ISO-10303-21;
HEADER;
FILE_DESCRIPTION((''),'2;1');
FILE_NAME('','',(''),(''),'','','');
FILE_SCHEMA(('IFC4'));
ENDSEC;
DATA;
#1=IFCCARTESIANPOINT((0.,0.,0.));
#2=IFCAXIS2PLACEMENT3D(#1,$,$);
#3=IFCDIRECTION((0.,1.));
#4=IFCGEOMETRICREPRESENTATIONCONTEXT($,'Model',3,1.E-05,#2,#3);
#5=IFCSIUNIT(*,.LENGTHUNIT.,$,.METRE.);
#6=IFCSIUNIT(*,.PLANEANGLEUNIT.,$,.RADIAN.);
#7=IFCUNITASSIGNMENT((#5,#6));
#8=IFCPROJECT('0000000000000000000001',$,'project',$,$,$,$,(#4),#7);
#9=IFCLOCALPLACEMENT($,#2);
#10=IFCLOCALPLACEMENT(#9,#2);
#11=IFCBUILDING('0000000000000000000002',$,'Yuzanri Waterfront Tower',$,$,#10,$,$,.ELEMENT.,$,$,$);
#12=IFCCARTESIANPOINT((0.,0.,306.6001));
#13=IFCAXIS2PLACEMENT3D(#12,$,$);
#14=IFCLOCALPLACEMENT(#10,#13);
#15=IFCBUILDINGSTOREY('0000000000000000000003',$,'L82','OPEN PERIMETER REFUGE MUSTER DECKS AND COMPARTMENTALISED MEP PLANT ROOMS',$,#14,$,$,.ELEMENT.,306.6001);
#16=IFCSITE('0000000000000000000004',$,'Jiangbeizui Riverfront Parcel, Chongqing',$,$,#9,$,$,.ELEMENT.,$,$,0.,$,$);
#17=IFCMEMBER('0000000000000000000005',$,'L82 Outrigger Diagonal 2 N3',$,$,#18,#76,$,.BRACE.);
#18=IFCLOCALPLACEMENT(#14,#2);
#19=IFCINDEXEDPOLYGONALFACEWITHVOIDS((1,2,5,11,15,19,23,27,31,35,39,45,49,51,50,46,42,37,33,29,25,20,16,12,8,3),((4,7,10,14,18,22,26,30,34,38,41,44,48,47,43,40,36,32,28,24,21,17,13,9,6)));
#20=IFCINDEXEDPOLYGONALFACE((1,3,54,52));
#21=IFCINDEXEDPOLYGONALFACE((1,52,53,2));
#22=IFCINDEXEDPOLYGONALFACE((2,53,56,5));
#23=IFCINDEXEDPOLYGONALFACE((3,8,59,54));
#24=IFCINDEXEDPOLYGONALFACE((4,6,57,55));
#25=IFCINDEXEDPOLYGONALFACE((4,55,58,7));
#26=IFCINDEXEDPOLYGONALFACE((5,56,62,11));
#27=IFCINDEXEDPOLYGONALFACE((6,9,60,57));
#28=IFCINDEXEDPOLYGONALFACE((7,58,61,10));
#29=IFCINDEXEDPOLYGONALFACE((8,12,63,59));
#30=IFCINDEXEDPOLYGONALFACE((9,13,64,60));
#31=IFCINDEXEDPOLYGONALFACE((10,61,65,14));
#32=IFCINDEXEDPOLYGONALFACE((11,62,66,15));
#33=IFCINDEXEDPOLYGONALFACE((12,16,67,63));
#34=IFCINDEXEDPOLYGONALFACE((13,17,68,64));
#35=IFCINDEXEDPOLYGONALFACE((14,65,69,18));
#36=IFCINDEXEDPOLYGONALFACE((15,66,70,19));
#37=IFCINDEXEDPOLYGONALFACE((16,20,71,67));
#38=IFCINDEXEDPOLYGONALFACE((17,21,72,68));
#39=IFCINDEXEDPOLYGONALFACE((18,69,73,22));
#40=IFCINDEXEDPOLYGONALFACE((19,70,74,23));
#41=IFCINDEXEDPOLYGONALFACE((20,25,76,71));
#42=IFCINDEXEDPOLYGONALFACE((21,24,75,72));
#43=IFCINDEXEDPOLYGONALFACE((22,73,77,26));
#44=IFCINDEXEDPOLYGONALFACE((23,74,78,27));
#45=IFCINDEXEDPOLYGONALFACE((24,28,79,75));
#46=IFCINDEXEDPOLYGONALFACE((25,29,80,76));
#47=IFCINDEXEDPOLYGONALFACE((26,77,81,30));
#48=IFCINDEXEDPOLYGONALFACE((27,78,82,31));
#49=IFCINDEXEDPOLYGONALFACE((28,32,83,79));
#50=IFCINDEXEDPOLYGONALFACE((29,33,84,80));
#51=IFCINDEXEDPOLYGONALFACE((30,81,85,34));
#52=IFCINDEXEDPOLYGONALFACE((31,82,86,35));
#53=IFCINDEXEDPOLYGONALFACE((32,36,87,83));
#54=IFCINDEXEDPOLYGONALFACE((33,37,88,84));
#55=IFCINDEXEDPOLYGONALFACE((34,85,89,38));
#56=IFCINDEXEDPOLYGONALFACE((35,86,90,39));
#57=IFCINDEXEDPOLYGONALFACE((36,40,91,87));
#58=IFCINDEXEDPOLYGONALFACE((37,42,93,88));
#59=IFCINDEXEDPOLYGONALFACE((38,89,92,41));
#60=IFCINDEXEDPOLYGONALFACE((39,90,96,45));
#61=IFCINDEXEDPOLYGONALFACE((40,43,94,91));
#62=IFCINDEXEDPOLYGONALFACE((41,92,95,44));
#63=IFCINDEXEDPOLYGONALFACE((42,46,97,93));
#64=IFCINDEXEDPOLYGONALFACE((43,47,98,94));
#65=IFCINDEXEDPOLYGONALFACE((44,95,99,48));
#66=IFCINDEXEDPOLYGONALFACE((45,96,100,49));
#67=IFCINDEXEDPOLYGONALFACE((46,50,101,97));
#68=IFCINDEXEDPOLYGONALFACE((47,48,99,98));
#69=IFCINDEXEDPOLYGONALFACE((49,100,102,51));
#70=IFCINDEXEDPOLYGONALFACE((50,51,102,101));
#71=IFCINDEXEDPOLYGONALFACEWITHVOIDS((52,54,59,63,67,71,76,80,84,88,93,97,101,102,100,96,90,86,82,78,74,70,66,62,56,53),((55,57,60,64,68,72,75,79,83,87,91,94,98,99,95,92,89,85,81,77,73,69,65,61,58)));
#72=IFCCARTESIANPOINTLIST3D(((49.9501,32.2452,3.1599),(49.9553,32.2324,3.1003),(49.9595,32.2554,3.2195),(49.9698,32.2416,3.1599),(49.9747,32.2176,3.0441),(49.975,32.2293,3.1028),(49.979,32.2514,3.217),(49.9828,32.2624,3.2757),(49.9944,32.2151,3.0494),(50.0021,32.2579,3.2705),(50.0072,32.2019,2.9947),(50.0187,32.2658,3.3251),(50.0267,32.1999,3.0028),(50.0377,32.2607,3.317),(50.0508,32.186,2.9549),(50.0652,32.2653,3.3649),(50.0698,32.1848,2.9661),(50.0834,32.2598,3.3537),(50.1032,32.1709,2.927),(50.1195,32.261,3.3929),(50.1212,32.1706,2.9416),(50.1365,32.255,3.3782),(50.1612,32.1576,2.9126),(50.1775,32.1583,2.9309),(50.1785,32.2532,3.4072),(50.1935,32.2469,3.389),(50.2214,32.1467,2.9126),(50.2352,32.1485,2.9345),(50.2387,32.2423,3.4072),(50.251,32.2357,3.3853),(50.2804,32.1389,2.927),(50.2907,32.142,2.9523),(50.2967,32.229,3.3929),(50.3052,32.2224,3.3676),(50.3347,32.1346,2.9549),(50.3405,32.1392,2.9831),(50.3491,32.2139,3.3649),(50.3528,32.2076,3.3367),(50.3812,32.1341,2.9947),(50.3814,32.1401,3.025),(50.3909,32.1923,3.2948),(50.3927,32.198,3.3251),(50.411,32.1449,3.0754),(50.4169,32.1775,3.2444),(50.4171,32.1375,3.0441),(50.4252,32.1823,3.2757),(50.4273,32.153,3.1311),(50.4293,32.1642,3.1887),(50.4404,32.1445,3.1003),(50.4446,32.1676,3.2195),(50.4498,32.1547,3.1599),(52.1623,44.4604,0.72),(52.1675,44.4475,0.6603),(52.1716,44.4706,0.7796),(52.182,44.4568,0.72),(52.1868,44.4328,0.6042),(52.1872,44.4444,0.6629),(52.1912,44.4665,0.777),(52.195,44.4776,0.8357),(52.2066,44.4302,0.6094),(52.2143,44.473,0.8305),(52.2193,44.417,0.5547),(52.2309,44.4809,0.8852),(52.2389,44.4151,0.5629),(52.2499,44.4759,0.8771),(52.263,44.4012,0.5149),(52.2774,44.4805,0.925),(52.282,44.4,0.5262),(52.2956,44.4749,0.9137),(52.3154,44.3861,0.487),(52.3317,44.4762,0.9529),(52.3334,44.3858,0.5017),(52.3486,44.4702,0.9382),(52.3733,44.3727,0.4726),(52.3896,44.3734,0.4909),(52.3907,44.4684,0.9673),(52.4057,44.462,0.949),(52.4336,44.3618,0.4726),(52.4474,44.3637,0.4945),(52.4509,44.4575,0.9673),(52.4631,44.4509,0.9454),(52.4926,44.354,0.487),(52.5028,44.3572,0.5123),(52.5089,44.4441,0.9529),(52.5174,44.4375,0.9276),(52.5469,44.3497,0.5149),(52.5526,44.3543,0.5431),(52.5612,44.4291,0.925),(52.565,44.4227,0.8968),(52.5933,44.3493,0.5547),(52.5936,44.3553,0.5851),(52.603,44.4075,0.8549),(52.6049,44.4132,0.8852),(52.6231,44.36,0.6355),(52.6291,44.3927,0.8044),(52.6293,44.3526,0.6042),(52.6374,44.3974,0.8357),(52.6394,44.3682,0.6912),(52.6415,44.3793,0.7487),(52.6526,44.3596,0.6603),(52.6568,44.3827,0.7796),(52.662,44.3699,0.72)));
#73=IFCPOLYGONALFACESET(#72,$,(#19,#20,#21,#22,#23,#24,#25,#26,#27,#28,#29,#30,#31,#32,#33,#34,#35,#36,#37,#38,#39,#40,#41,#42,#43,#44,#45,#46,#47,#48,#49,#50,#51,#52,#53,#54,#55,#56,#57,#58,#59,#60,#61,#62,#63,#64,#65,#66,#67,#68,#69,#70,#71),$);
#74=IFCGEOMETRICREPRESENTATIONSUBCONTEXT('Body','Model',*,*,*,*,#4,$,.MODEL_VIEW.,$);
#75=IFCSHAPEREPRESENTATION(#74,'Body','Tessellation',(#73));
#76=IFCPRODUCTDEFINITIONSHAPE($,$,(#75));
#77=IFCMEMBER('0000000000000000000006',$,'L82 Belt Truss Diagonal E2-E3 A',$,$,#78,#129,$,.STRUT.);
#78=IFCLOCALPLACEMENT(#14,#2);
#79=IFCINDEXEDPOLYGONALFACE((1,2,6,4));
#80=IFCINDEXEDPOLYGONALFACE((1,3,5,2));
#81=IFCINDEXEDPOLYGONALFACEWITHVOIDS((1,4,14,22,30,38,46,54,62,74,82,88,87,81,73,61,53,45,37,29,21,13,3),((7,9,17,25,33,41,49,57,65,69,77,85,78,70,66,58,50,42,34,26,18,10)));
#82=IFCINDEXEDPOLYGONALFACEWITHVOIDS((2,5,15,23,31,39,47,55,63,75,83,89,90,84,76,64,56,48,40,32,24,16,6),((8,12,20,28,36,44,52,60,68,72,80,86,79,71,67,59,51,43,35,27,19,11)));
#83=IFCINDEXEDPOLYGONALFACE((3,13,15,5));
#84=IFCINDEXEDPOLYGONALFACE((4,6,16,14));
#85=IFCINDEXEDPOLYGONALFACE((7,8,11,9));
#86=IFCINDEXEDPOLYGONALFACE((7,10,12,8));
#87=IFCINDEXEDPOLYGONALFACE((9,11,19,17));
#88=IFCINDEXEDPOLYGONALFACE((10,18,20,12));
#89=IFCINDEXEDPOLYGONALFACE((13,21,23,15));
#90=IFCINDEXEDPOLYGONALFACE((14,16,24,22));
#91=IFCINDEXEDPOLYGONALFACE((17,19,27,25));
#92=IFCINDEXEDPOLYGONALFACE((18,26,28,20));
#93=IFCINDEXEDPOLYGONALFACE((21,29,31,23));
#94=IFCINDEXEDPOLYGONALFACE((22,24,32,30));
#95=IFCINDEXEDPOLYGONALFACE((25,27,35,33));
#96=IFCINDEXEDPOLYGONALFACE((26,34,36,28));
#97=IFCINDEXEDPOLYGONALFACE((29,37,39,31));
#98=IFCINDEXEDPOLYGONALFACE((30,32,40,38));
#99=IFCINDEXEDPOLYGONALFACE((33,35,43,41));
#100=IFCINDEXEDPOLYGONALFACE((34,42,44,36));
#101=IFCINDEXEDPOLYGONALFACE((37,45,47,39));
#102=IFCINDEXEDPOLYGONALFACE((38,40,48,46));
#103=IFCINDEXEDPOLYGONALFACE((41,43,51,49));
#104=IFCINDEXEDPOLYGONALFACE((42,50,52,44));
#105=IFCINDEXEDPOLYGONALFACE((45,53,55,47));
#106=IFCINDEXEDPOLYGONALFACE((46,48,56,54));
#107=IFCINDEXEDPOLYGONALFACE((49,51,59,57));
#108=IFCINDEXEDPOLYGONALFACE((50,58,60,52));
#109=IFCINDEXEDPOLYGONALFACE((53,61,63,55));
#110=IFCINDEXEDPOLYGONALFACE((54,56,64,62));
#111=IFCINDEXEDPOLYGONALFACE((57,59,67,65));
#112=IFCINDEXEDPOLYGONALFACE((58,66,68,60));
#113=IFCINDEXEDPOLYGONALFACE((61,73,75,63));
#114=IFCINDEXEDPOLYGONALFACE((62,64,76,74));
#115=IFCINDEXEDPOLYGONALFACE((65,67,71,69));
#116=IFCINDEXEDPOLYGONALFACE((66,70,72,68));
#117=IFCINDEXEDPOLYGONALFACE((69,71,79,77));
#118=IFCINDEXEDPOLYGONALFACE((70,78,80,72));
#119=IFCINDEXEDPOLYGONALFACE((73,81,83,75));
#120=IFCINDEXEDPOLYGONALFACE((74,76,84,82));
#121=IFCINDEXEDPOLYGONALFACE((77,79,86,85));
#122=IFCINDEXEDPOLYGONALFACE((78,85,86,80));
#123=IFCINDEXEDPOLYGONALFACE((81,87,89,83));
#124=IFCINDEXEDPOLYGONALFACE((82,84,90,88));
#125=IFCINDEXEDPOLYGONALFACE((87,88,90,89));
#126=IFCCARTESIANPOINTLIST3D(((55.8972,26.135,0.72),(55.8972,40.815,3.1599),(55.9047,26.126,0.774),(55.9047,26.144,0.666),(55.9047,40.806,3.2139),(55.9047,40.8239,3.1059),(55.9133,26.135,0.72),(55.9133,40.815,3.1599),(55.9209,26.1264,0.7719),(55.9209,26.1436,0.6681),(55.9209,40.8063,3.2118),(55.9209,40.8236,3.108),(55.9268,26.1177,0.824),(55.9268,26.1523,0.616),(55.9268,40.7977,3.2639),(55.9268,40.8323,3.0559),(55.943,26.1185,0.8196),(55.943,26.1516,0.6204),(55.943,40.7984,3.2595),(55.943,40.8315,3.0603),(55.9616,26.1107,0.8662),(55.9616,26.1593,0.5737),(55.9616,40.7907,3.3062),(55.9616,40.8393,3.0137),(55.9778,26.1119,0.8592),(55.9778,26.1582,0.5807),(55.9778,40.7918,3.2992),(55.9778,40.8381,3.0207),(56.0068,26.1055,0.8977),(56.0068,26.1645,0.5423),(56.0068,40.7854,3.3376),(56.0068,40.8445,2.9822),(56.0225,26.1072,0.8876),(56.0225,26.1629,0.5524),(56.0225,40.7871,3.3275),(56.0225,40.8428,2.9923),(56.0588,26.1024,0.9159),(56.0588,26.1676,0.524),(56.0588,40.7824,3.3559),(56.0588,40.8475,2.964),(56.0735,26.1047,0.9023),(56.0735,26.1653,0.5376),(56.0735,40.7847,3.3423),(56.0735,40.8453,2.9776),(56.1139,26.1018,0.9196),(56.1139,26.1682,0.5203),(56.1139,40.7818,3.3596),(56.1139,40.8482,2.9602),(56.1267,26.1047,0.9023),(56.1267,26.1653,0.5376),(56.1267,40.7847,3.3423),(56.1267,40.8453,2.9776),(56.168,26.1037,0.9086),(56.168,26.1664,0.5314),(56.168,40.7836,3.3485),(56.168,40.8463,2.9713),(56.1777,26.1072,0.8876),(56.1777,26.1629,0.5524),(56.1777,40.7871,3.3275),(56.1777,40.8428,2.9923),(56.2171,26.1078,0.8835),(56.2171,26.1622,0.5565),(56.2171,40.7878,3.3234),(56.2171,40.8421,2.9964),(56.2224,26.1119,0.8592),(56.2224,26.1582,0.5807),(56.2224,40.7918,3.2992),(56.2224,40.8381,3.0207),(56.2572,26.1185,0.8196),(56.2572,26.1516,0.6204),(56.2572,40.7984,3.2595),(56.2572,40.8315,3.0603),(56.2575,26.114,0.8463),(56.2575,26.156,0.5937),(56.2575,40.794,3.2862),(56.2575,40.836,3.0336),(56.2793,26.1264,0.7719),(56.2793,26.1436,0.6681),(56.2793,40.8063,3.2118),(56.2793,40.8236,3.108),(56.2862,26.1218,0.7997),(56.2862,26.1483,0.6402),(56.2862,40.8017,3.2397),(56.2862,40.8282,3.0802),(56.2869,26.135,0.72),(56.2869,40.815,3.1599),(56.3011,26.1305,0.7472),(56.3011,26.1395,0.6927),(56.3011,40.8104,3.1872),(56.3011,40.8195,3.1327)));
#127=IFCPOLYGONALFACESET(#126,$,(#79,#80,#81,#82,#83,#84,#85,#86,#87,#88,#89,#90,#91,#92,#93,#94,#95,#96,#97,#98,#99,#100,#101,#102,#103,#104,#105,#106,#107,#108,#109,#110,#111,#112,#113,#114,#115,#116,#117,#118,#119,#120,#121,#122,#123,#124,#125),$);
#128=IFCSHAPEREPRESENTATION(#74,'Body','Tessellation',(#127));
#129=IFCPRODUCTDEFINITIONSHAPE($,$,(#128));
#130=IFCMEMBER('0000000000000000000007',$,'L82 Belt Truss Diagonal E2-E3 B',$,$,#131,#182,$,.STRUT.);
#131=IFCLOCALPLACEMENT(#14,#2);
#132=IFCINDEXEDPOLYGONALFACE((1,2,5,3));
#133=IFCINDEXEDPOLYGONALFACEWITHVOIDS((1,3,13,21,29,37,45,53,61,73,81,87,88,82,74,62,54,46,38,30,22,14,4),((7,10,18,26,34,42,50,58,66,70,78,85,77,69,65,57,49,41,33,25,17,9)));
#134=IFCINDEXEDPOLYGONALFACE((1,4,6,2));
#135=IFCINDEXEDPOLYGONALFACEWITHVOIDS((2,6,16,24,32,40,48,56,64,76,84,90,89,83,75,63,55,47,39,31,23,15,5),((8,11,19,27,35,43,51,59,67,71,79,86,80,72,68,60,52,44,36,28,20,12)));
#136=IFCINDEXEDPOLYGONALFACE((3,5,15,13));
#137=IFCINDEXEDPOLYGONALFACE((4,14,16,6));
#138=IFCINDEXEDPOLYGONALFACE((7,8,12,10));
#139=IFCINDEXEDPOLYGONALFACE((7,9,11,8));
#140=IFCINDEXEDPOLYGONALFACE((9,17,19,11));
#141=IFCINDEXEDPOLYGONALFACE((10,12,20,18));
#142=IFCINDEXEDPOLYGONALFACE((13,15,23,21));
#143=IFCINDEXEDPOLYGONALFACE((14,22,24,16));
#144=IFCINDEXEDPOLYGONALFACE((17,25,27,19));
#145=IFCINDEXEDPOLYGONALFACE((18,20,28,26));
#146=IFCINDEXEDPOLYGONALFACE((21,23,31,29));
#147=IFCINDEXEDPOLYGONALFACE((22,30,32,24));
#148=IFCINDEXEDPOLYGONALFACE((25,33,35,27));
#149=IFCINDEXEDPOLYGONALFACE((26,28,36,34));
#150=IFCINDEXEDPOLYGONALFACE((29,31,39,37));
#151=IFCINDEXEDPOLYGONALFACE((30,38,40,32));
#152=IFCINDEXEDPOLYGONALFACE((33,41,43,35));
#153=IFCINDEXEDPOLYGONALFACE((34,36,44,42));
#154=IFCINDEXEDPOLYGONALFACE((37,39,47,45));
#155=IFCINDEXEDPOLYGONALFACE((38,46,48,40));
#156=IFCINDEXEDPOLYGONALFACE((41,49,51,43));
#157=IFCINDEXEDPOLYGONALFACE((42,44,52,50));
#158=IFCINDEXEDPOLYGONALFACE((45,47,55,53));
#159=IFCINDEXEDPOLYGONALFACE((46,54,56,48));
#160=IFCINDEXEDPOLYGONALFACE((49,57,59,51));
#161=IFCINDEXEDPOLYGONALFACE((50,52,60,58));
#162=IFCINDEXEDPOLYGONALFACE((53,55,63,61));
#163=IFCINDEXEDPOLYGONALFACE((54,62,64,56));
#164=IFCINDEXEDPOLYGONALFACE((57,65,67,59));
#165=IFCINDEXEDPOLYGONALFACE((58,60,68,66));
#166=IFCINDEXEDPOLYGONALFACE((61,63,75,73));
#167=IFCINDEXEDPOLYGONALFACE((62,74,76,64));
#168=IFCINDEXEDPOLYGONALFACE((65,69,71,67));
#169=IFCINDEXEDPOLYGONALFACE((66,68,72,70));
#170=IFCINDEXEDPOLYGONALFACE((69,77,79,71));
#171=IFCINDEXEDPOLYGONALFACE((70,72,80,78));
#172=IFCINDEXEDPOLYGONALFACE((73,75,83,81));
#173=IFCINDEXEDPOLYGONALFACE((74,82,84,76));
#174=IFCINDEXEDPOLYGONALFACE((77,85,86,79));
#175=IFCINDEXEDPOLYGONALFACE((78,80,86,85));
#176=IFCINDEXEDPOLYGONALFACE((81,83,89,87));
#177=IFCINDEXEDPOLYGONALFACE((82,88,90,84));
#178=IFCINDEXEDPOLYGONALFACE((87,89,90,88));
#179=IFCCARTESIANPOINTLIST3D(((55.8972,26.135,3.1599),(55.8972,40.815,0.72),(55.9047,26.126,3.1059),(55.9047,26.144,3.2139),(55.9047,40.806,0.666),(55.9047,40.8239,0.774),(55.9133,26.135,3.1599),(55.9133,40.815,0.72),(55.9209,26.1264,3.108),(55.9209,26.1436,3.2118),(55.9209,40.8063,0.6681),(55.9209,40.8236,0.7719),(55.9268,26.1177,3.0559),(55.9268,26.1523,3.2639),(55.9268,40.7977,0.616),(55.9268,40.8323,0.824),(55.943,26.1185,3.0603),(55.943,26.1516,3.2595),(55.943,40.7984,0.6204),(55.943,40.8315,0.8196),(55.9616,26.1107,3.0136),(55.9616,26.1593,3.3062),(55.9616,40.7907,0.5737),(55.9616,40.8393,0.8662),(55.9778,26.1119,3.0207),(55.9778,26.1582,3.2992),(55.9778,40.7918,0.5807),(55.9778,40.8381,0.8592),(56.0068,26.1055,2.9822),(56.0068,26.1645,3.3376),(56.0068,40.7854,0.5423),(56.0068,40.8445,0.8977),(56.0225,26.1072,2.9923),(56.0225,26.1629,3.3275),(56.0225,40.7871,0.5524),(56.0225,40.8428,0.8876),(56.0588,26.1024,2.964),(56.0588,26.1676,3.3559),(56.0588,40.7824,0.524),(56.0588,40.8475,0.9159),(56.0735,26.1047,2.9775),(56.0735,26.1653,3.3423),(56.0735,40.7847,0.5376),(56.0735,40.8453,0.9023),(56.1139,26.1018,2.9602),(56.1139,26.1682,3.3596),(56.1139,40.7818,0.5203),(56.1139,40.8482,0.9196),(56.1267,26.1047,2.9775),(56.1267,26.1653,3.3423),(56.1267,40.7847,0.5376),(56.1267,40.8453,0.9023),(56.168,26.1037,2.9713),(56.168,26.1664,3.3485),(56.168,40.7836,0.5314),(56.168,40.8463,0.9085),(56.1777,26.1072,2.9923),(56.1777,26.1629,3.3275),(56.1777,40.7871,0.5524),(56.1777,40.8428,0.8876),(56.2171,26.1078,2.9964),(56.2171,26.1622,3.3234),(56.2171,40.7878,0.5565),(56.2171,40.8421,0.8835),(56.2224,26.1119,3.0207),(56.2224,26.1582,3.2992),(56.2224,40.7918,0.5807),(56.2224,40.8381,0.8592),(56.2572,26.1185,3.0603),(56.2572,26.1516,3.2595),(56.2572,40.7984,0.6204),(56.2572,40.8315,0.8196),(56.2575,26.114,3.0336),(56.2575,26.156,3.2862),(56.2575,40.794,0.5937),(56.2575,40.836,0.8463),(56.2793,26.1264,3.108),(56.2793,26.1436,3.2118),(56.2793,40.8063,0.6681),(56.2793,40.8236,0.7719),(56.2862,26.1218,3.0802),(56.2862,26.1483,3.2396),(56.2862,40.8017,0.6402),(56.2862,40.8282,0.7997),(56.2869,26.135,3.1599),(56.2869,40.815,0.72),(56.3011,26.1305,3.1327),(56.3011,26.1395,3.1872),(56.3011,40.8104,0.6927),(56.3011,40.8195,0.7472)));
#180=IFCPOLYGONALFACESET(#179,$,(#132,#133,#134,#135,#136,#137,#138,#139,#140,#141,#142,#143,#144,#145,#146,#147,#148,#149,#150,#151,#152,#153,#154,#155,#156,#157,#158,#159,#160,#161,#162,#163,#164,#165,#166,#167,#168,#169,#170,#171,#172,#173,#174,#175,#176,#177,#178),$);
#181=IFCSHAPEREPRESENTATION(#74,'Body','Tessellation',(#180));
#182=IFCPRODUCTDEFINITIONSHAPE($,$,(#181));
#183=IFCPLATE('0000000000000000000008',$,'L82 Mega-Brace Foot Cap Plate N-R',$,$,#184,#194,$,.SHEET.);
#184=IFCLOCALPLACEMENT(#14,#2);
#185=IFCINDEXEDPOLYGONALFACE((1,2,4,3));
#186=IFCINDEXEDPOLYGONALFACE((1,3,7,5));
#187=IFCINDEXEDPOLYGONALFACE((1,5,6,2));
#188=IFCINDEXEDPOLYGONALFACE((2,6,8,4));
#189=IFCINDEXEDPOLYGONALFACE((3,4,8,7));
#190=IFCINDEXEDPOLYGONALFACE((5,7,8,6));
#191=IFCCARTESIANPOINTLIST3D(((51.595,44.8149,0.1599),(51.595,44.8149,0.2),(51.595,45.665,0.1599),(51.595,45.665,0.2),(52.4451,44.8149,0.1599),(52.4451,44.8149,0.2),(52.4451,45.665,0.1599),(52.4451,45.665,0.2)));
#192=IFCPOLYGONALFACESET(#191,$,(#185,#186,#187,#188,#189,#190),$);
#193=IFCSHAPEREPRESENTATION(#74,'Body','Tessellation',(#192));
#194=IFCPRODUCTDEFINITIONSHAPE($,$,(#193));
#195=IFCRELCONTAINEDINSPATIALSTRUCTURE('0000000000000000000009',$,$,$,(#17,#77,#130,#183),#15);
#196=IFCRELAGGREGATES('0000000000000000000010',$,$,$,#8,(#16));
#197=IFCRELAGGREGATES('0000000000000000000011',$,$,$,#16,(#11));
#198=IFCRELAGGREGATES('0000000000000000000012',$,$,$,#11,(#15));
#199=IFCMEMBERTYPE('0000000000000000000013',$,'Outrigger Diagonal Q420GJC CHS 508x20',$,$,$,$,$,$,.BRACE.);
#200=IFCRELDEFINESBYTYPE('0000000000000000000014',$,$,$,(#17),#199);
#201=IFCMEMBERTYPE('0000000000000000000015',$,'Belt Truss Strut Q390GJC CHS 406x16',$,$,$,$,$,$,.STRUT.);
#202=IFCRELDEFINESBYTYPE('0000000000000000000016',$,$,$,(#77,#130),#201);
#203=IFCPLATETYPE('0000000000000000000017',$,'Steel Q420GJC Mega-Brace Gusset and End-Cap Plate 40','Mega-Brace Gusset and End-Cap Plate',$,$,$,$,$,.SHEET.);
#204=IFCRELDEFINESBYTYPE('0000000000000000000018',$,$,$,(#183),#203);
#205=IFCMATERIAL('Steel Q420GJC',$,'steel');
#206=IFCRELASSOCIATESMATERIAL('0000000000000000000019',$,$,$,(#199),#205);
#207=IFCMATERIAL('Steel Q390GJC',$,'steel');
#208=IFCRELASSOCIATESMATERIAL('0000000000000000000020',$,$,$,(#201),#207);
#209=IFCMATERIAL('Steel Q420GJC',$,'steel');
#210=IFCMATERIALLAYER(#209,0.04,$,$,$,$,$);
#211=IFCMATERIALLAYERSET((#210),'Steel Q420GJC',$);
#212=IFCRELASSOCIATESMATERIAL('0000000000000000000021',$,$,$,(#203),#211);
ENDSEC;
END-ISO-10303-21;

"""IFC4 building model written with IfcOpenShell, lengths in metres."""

from ifc_helpers import new_model, si_unit, direction, frame, origin, origin_2d, place, context, subcontext, project, spatial, rectangle, hollow_circle, extrude, source, transform, mapped, material, layer, layer_set, material_profile, profile_set, type_object, element, save


model = new_model("IFC4")

# Units and contexts
model_context = context("Model", 3, precision=1e-05, world=origin(), true_north=direction((0.0, 1.0)))
body_context = subcontext(model_context, "Body", "Model", "MODEL_VIEW")
ifc_project = project(units=[si_unit("LENGTHUNIT", "METRE"), si_unit("PLANEANGLEUNIT", "RADIAN")], contexts=[model_context])

# Site, building, storey
site_placement = place(None, origin())
site = spatial("IfcSite", under=ifc_project, at=site_placement, Name="Jiangbeizui Riverfront Parcel, Chongqing", CompositionType="ELEMENT", RefElevation=0.0)
building_placement = place(site_placement, origin())
building = spatial("IfcBuilding", under=site, at=building_placement, Name="Yuzanri Waterfront Tower", CompositionType="ELEMENT")
storey_placement = place(building_placement, frame((0.0, 0.0, 306.6001)))
storey = spatial("IfcBuildingStorey", under=building, at=storey_placement, Name="L82", Description="OPEN PERIMETER REFUGE MUSTER DECKS AND COMPARTMENTALISED MEP PLANT ROOMS", CompositionType="ELEMENT", Elevation=306.6001)

# Members
ifc_material_1 = material(Name="Steel Q420GJC", Category="steel")
ifc_material_profile_1 = material_profile(ifc_material_1, hollow_circle(Radius=0.2539, WallThickness=0.02, at=origin_2d()), Name="CHS 508x20")
ifc_profile_set_1 = profile_set([ifc_material_profile_1], Name="Steel Q420GJC")
member_type_1 = type_object("IfcMemberType", Name="Outrigger Diagonal Q420GJC CHS 508x20", PredefinedType="BRACE", material=ifc_profile_set_1)
shared_shape_1 = source(origin(), body_context, "Body", "SweptSolid", [
    extrude(hollow_circle(Radius=0.2539, WallThickness=0.02, at=origin_2d()), origin(), (0.0, 0.0, 1.0), 12.6514),
])
for number, where, z_axis, x_axis, name in (
    (1, (50.2, 32.2, 3.1599), (0.174856, 0.965521, -0.192861), (-0.983994, 0.178202, 0.0), "L82 Outrigger Diagonal 2 N3"),
):
    element("IfcMember", number, at=place(storey_placement, frame(where, z_axis=z_axis, x_axis=x_axis)), inside=storey, type_object=member_type_1, Name=name, PredefinedType="BRACE", context=body_context, shape_type="MappedRepresentation", body=[
        mapped(shared_shape_1, transform((0.0, 0.0, 0.0), scale=1.0)),
    ])
ifc_material_2 = material(Name="Steel Q390GJC", Category="steel")
ifc_material_profile_2 = material_profile(ifc_material_2, hollow_circle(Radius=0.2029, WallThickness=0.0161, at=origin_2d()), Name="CHS 406x16")
ifc_profile_set_2 = profile_set([ifc_material_profile_2], Name="Steel Q390GJC")
member_type_2 = type_object("IfcMemberType", Name="Belt Truss Strut Q390GJC CHS 406x16", PredefinedType="STRUT", material=ifc_profile_set_2)
shared_shape_2 = source(origin(), body_context, "Body", "SweptSolid", [
    extrude(hollow_circle(Radius=0.2029, WallThickness=0.0161, at=origin_2d()), origin(), (0.0, 0.0, 1.0), 14.8813),
])
for number, where, z_axis, x_axis, name in (
    (2, (56.1001, 26.135, 0.72), (0.0, 0.986467, 0.16396), (-1.0, 0.0, 0.0), "L82 Belt Truss Diagonal E2-E3 A"),
    (3, (56.1001, 26.135, 3.1599), (0.0, 0.986467, -0.16396), (-1.0, 0.0, 0.0), "L82 Belt Truss Diagonal E2-E3 B"),
):
    element("IfcMember", number, at=place(storey_placement, frame(where, z_axis=z_axis, x_axis=x_axis)), inside=storey, type_object=member_type_2, Name=name, PredefinedType="STRUT", context=body_context, shape_type="MappedRepresentation", body=[
        mapped(shared_shape_2, transform((0.0, 0.0, 0.0), scale=1.0)),
    ])

# Plate
ifc_material_3 = material(Name="Steel Q420GJC", Category="steel")
ifc_layer_1 = layer(ifc_material_3, 0.04)
ifc_layer_set_1 = layer_set([ifc_layer_1], Name="Steel Q420GJC")
plate_type_1 = type_object("IfcPlateType", Name="Steel Q420GJC Mega-Brace Gusset and End-Cap Plate 40", Description="Mega-Brace Gusset and End-Cap Plate", PredefinedType="SHEET", material=ifc_layer_set_1)
shared_shape_3 = source(origin(), body_context, "Body", "SweptSolid", [
    extrude(rectangle(XDim=0.8501, YDim=0.8501, at=origin_2d()), origin(), (0.0, 0.0, 1.0), 0.04),
])
for number, where, z_axis, x_axis, name in (
    (4, (52.02, 45.24, 0.1599), (0.0, 0.0, 1.0), (1.0, 0.0, 0.0), "L82 Mega-Brace Foot Cap Plate N-R"),
):
    element("IfcPlate", number, at=place(storey_placement, frame(where, z_axis=z_axis, x_axis=x_axis)), inside=storey, type_object=plate_type_1, Name=name, PredefinedType="SHEET", context=body_context, shape_type="MappedRepresentation", body=[
        mapped(shared_shape_3, transform((0.0, 0.0, 0.0), scale=1.0)),
    ])

save(model, "model.ifc")
